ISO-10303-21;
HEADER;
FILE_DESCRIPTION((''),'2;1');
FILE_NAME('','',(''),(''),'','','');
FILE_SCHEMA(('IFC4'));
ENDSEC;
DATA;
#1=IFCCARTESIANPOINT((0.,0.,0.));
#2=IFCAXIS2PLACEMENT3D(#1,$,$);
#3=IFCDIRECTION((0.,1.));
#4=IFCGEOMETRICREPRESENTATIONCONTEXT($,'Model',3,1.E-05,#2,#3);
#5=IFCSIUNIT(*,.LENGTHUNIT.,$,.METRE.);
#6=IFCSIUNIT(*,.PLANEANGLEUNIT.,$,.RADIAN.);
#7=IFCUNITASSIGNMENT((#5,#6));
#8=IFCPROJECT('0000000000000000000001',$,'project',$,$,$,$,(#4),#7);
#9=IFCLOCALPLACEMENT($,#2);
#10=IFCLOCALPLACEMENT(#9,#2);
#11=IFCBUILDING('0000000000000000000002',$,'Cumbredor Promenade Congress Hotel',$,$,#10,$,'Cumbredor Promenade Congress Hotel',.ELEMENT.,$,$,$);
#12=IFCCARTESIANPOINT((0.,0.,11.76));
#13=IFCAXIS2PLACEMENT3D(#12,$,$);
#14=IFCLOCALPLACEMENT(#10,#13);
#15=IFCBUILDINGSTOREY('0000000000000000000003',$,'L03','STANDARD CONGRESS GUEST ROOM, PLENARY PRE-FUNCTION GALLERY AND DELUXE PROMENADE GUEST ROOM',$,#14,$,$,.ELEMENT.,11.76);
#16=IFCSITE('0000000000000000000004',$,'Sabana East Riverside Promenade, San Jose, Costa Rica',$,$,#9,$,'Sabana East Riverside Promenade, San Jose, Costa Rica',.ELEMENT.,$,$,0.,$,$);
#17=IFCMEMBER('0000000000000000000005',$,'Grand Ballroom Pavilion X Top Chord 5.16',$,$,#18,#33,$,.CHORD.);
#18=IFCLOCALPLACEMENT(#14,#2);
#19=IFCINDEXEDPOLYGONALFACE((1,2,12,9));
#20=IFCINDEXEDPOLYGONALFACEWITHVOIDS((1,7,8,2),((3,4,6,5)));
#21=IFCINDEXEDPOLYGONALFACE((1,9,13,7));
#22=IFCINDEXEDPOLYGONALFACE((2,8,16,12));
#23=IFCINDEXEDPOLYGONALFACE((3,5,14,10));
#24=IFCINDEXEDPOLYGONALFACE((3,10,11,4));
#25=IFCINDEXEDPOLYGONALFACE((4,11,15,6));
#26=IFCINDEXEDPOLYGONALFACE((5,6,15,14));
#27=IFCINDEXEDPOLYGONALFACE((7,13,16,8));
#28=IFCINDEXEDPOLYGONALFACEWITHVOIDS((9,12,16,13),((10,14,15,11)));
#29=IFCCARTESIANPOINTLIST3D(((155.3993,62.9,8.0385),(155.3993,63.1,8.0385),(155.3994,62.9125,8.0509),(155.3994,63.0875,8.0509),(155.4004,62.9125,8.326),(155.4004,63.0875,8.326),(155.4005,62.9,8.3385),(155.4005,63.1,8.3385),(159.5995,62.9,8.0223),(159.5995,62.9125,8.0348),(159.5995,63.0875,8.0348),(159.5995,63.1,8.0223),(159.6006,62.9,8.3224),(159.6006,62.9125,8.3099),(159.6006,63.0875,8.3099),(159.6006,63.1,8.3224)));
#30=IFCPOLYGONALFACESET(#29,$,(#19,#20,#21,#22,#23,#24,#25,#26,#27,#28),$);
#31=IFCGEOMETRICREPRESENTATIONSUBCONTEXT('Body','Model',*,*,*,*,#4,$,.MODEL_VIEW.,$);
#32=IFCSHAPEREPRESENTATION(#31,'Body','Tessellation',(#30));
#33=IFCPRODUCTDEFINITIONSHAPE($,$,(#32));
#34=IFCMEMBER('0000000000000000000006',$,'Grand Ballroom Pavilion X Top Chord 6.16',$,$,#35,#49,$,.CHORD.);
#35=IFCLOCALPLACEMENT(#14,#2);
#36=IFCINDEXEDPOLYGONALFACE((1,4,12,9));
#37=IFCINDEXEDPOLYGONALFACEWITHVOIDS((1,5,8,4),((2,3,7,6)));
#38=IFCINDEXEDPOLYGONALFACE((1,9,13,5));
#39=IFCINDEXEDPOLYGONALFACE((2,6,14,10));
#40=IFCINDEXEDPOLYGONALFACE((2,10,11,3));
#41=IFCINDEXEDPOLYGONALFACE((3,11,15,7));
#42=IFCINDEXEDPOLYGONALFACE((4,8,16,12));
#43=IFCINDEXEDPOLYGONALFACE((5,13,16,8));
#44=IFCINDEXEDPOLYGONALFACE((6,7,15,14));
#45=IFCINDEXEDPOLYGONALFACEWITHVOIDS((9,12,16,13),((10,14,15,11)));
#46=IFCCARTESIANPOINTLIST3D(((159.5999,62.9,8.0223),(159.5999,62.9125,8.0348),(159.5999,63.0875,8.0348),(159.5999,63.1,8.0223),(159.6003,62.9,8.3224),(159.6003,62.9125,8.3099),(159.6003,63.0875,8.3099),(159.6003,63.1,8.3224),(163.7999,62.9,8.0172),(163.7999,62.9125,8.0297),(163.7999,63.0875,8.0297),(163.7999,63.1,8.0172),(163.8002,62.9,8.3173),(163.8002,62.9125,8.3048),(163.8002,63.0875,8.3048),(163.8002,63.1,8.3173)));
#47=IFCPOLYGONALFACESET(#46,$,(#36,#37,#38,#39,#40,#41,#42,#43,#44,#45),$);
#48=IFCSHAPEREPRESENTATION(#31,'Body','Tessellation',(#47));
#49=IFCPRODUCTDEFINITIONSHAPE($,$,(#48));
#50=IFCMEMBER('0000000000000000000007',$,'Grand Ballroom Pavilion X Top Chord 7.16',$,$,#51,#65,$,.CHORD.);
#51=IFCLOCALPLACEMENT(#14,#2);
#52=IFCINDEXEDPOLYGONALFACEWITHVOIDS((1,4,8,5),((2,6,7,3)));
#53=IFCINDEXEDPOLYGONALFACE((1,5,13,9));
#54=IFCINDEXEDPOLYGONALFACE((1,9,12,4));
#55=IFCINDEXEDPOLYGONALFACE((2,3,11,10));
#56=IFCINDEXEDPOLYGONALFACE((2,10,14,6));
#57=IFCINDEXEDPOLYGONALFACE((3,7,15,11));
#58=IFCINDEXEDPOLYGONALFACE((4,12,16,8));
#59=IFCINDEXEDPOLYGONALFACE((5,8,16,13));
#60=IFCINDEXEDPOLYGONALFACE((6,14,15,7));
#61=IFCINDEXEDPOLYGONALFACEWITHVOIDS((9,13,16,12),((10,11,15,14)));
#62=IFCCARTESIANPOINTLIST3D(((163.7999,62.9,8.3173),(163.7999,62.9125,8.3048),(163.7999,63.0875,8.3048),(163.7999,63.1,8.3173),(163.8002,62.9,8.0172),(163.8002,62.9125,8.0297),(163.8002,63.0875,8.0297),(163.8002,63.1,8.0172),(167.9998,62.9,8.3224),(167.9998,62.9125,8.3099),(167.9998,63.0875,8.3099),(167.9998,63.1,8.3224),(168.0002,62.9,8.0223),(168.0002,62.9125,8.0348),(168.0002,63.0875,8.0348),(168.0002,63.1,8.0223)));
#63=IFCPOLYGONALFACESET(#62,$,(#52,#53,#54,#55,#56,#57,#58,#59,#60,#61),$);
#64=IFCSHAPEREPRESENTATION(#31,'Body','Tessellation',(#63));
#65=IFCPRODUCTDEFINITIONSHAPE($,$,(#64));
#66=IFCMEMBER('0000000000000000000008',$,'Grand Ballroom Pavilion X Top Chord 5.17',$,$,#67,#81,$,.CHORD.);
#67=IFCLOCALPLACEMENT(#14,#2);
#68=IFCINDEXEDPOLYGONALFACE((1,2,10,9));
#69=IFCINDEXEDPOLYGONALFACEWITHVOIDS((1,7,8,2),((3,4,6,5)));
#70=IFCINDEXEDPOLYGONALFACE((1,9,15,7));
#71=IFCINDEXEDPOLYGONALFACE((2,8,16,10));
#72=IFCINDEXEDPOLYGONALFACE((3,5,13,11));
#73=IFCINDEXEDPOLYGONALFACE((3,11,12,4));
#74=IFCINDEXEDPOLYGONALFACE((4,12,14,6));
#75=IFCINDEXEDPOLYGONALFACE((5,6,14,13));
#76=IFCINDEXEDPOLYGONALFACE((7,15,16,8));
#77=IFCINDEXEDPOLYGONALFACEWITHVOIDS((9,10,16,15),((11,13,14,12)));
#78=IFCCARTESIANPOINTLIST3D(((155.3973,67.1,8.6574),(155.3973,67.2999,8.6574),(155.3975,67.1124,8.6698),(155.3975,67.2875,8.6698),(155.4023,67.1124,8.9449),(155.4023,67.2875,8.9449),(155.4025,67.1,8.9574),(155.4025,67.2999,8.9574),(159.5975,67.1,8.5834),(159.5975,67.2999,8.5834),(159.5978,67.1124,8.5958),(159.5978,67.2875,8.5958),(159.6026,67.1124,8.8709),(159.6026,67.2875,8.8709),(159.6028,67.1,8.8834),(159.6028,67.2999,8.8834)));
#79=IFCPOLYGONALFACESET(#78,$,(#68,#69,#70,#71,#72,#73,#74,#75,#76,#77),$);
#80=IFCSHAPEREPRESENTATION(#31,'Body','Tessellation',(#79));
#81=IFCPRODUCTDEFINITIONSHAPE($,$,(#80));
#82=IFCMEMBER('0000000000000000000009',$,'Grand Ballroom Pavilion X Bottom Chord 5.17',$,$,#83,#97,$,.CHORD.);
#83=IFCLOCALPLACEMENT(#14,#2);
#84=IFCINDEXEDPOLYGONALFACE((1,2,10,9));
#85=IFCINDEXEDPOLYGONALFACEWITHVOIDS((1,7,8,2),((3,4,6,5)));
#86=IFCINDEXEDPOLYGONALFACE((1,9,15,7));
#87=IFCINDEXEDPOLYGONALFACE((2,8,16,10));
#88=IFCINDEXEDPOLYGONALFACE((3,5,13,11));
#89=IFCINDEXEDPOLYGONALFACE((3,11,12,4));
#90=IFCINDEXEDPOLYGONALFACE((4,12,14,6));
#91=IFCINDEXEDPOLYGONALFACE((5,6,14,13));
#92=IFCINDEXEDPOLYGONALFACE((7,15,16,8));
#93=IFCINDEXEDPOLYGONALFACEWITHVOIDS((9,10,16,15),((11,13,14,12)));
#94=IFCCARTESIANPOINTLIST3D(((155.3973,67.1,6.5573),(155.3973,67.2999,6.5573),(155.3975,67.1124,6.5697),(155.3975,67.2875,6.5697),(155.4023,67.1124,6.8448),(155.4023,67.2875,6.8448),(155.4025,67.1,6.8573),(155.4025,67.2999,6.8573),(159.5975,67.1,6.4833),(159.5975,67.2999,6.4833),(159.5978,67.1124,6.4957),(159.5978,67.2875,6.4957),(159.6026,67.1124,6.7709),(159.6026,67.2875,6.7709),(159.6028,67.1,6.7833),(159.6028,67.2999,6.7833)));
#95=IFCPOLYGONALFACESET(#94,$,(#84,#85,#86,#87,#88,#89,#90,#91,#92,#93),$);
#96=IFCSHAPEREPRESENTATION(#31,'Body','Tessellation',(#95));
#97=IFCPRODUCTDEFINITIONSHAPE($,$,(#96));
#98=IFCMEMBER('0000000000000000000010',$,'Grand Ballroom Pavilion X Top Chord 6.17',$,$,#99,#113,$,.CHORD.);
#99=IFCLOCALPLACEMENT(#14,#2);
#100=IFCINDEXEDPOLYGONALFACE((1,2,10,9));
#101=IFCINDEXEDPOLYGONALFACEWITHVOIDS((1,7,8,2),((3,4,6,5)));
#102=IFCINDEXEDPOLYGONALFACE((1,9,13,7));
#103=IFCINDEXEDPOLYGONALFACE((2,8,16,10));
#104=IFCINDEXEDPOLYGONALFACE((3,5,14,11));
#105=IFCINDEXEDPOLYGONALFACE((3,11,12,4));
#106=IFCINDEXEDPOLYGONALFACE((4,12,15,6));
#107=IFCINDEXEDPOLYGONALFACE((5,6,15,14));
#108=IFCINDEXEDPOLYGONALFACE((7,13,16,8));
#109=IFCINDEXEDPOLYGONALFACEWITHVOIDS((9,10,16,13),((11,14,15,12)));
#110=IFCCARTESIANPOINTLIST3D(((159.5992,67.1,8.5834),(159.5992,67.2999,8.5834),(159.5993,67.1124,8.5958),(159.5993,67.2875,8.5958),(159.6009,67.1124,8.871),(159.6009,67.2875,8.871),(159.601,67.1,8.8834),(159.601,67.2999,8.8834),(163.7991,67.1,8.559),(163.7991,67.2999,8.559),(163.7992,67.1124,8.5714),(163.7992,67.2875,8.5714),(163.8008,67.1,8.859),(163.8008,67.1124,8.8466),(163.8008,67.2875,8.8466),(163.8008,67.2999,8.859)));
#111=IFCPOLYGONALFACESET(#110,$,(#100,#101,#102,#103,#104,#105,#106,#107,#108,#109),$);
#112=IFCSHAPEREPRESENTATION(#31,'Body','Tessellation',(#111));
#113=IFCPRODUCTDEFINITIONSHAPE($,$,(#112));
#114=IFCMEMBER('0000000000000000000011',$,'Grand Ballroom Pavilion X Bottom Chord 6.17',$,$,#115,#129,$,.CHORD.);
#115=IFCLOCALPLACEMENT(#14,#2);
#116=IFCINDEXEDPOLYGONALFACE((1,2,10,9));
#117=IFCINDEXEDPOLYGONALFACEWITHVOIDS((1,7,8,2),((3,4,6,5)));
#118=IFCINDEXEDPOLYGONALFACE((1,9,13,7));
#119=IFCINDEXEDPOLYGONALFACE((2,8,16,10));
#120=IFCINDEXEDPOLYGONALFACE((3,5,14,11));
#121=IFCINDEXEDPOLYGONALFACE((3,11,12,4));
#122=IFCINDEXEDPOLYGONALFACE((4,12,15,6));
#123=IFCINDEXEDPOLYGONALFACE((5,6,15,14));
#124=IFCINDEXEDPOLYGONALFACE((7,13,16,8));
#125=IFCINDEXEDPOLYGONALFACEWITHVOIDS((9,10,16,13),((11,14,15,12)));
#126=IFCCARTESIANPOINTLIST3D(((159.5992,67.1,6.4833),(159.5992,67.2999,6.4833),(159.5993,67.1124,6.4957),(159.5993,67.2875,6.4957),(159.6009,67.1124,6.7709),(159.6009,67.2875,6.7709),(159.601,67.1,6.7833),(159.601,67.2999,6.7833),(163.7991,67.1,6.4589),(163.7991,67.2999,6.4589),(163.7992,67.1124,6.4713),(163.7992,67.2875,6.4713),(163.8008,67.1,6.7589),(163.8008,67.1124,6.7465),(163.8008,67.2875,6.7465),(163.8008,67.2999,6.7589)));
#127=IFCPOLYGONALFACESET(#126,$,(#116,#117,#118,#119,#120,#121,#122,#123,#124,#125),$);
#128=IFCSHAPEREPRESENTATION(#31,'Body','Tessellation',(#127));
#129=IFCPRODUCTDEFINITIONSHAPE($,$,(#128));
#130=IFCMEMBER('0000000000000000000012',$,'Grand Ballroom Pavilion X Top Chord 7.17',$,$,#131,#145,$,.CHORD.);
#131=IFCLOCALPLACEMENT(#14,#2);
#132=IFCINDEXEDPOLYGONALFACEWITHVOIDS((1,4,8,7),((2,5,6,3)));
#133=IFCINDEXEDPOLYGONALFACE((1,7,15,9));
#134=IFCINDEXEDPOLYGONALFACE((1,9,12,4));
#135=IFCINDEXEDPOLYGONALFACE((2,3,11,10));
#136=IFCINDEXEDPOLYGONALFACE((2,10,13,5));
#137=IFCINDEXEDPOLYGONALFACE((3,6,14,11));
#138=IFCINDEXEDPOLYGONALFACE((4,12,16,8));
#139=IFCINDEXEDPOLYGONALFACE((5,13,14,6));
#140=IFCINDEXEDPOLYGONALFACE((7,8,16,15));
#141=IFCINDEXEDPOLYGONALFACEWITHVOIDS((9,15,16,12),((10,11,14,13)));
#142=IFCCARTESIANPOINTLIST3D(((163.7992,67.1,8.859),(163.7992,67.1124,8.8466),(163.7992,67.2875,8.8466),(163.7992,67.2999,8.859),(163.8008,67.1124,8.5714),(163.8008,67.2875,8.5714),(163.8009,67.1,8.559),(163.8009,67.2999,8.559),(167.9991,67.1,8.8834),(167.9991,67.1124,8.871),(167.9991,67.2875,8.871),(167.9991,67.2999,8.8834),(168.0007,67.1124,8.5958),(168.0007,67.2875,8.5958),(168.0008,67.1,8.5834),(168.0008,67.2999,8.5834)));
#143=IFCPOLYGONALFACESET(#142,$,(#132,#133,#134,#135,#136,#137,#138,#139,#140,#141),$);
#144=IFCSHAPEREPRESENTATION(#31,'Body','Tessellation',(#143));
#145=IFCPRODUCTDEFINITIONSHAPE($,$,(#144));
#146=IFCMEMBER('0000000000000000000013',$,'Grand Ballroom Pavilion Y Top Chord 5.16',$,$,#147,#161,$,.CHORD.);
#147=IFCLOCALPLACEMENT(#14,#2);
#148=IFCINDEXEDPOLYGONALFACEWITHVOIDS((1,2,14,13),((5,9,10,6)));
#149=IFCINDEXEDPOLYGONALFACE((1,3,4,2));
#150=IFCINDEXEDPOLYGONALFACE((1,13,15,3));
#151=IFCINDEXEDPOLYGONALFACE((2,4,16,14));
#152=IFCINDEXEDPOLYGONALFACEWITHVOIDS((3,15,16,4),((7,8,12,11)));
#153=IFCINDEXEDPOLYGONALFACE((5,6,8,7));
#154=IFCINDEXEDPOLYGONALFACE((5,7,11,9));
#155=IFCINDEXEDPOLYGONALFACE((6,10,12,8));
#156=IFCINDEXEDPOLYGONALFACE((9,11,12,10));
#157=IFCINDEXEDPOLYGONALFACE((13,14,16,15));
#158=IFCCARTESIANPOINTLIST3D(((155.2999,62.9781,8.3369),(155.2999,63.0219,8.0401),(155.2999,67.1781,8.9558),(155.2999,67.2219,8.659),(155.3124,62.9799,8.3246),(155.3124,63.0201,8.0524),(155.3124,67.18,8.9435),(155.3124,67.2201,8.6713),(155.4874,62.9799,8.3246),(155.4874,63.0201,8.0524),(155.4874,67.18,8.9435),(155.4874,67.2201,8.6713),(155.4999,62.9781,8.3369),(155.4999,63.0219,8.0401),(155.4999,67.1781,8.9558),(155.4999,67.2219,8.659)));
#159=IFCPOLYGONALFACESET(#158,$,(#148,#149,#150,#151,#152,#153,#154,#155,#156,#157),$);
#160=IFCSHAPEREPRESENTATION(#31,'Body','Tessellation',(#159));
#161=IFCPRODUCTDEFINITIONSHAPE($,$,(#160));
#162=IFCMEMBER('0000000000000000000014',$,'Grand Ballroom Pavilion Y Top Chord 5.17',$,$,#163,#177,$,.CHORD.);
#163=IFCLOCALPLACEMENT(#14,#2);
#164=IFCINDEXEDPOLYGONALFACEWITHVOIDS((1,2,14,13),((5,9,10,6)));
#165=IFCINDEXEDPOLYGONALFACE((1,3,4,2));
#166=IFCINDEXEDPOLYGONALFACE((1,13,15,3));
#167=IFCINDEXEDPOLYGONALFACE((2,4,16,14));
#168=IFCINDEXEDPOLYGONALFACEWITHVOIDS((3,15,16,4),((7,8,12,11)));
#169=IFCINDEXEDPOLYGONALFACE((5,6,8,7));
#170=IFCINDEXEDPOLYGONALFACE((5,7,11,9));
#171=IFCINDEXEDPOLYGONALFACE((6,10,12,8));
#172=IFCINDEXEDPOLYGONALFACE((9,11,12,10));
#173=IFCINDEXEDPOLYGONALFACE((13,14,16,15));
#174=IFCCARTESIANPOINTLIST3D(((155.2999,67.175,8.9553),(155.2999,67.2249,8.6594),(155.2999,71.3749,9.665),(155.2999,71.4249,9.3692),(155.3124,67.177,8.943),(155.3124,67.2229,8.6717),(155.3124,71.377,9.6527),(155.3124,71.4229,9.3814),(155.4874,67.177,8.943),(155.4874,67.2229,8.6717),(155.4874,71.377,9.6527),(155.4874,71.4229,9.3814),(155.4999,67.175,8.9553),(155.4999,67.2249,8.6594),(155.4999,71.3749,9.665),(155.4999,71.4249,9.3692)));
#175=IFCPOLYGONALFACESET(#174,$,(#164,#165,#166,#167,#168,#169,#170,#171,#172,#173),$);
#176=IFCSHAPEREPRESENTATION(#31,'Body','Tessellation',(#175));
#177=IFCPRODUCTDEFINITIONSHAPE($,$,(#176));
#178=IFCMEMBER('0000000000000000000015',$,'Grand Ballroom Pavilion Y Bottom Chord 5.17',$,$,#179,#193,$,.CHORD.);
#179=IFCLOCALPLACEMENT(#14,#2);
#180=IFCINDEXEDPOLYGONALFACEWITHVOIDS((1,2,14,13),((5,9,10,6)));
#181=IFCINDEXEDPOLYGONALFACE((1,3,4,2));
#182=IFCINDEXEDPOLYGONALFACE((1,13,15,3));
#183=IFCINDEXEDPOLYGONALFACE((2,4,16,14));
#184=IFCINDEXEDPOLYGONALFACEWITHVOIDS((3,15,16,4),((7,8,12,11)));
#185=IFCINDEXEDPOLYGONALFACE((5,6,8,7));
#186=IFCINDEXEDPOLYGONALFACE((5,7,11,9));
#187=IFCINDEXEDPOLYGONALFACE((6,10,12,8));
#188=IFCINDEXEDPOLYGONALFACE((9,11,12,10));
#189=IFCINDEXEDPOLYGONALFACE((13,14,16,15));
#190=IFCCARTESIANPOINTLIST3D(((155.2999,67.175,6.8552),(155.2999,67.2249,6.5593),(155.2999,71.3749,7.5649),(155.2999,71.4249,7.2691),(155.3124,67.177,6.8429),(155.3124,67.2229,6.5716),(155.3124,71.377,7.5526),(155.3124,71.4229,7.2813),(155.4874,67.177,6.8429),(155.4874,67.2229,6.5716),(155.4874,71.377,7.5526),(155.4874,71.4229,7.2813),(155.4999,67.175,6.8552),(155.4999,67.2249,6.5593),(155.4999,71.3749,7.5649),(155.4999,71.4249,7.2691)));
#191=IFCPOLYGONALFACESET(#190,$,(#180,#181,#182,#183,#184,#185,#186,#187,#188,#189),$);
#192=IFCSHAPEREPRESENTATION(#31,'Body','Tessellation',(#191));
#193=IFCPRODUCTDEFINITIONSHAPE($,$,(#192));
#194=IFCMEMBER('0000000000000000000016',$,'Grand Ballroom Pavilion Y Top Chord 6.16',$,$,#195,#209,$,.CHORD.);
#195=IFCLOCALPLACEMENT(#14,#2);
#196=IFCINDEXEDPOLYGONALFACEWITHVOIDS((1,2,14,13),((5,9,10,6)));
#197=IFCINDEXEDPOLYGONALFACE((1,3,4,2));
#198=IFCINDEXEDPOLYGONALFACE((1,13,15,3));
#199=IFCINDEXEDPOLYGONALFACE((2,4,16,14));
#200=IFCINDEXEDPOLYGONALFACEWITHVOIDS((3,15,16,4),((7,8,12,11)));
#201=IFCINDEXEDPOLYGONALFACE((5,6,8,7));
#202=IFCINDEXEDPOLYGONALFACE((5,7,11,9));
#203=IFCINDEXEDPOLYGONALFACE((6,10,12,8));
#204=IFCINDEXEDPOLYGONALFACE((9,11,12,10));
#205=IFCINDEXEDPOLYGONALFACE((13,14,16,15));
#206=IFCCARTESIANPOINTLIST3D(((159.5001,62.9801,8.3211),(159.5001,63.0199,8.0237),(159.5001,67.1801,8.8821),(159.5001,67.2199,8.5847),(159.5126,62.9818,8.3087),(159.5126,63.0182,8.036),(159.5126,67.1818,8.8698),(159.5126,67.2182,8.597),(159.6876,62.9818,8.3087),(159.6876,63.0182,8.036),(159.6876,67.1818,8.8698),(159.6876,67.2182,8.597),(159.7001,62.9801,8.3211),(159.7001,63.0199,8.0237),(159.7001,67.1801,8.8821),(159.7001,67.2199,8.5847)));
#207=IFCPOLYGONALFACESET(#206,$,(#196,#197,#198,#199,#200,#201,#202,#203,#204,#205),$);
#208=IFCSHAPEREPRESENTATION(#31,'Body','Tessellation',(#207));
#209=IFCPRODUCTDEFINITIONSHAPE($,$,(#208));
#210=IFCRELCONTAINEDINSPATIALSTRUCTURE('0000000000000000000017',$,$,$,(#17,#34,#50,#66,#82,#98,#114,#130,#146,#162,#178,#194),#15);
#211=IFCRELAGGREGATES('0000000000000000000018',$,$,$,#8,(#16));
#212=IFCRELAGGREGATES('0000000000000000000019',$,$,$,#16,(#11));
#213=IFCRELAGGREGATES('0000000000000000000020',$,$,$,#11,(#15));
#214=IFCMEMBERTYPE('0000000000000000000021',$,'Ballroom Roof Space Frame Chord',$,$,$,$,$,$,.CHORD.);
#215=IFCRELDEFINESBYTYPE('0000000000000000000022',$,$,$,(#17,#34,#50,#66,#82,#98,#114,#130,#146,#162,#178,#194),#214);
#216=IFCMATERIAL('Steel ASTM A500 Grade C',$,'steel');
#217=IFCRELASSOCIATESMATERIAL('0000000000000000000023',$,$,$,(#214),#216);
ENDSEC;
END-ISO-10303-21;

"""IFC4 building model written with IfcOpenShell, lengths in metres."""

from ifc_helpers import new_model, si_unit, direction, frame, origin, origin_2d, place, context, subcontext, project, spatial, hollow_rectangle, extrude, material, material_profile, profile_set, type_object, element, save


model = new_model("IFC4")

# Units and contexts
model_context = context("Model", 3, precision=1e-05, world=origin(), true_north=direction((0.0, 1.0)))
body_context = subcontext(model_context, "Body", "Model", "MODEL_VIEW")
ifc_project = project(units=[si_unit("LENGTHUNIT", "METRE"), si_unit("PLANEANGLEUNIT", "RADIAN")], contexts=[model_context])

# Site, building, storey
site_placement = place(None, origin())
site = spatial("IfcSite", under=ifc_project, at=site_placement, Name="Sabana East Riverside Promenade, San Jose, Costa Rica", LongName="Sabana East Riverside Promenade, San Jose, Costa Rica", CompositionType="ELEMENT", RefElevation=0.0)
building_placement = place(site_placement, origin())
building = spatial("IfcBuilding", under=site, at=building_placement, Name="Cumbredor Promenade Congress Hotel", LongName="Cumbredor Promenade Congress Hotel", CompositionType="ELEMENT")
storey_placement = place(building_placement, frame((0.0, 0.0, 11.76)))
storey = spatial("IfcBuildingStorey", under=building, at=storey_placement, Name="L03", Description="STANDARD CONGRESS GUEST ROOM, PLENARY PRE-FUNCTION GALLERY AND DELUXE PROMENADE GUEST ROOM", CompositionType="ELEMENT", Elevation=11.76)

# Members
ifc_material_1 = material(Name="Steel ASTM A500 Grade C", Category="steel")
ifc_material_profile_1 = material_profile(ifc_material_1, hollow_rectangle(XDim=0.2, YDim=0.3, WallThickness=0.0125, at=origin_2d()), Name="HSS 300x200x12.5")
ifc_profile_set_1 = profile_set([ifc_material_profile_1], Name="Steel ASTM A500 Grade C")
member_type_1 = type_object("IfcMemberType", Name="Ballroom Roof Space Frame Chord", PredefinedType="CHORD", material=ifc_profile_set_1)
member_1_placement = place(storey_placement, frame((155.3999, 63.0, 8.1885), z_axis=(0.999993, 0.0, -0.003836), x_axis=(0.0, 1.0, 0.0)))
element("IfcMember", 1, at=member_1_placement, inside=storey, type_object=member_type_1, Name="Grand Ballroom Pavilion X Top Chord 5.16", PredefinedType="CHORD", context=body_context, shape_type="SweptSolid", body=[
    extrude(hollow_rectangle(XDim=0.2, YDim=0.3, WallThickness=0.0125, at=origin_2d()), origin(), (0.0, 0.0, 1.0), 4.2002),
])
for number, where, z_axis, x_axis, name in (
    (2, (159.6001, 63.0, 8.1724), (0.999999, 0.0, -0.001221), (0.0, 1.0, 0.0), "Grand Ballroom Pavilion X Top Chord 6.16"),
    (3, (163.8, 63.0, 8.1672), (0.999999, 0.0, 0.001221), (0.0, 1.0, 0.0), "Grand Ballroom Pavilion X Top Chord 7.16"),
):
    element("IfcMember", number, at=place(storey_placement, frame(where, z_axis=z_axis, x_axis=x_axis)), inside=storey, type_object=member_type_1, Name=name, PredefinedType="CHORD", context=body_context, shape_type="SweptSolid", body=[
        extrude(hollow_rectangle(XDim=0.2, YDim=0.3, WallThickness=0.0125, at=origin_2d()), origin(), (0.0, 0.0, 1.0), 4.2),
    ])
for number, where, z_axis, x_axis, name in (
    (4, (155.3999, 67.2, 8.8074), (0.999845, 0.0, -0.017609), (0.0, 1.0, 0.0), "Grand Ballroom Pavilion X Top Chord 5.17"),
    (5, (155.3999, 67.2, 6.7073), (0.999845, 0.0, -0.017609), (0.0, 1.0, 0.0), "Grand Ballroom Pavilion X Bottom Chord 5.17"),
):
    element("IfcMember", number, at=place(storey_placement, frame(where, z_axis=z_axis, x_axis=x_axis)), inside=storey, type_object=member_type_1, Name=name, PredefinedType="CHORD", context=body_context, shape_type="SweptSolid", body=[
        extrude(hollow_rectangle(XDim=0.2, YDim=0.3, WallThickness=0.0125, at=origin_2d()), origin(), (0.0, 0.0, 1.0), 4.2009),
    ])
for number, where, z_axis, x_axis, name in (
    (6, (159.6001, 67.2, 8.7334), (0.999983, 0.0, -0.005813), (0.0, 1.0, 0.0), "Grand Ballroom Pavilion X Top Chord 6.17"),
    (7, (159.6001, 67.2, 6.6333), (0.999983, 0.0, -0.005813), (0.0, 1.0, 0.0), "Grand Ballroom Pavilion X Bottom Chord 6.17"),
    (8, (163.8, 67.2, 8.709), (0.999983, 0.0, 0.005813), (0.0, 1.0, 0.0), "Grand Ballroom Pavilion X Top Chord 7.17"),
):
    element("IfcMember", number, at=place(storey_placement, frame(where, z_axis=z_axis, x_axis=x_axis)), inside=storey, type_object=member_type_1, Name=name, PredefinedType="CHORD", context=body_context, shape_type="SweptSolid", body=[
        extrude(hollow_rectangle(XDim=0.2, YDim=0.3, WallThickness=0.0125, at=origin_2d()), origin(), (0.0, 0.0, 1.0), 4.2),
    ])
member_2_placement = place(storey_placement, frame((155.3999, 63.0, 8.1885), z_axis=(0.0, 0.989316, 0.145784), x_axis=(-1.0, 0.0, 0.0)))
element("IfcMember", 9, at=member_2_placement, inside=storey, type_object=member_type_1, Name="Grand Ballroom Pavilion Y Top Chord 5.16", PredefinedType="CHORD", context=body_context, shape_type="SweptSolid", body=[
    extrude(hollow_rectangle(XDim=0.2, YDim=0.3, WallThickness=0.0125, at=origin_2d()), origin(), (0.0, 0.0, 1.0), 4.2454),
])
for number, where, z_axis, x_axis, name in (
    (10, (155.3999, 67.2, 8.8074), (0.0, 0.986021, 0.16662), (-1.0, 0.0, 0.0), "Grand Ballroom Pavilion Y Top Chord 5.17"),
    (11, (155.3999, 67.2, 6.7073), (0.0, 0.986021, 0.16662), (-1.0, 0.0, 0.0), "Grand Ballroom Pavilion Y Bottom Chord 5.17"),
):
    element("IfcMember", number, at=place(storey_placement, frame(where, z_axis=z_axis, x_axis=x_axis)), inside=storey, type_object=member_type_1, Name=name, PredefinedType="CHORD", context=body_context, shape_type="SweptSolid", body=[
        extrude(hollow_rectangle(XDim=0.2, YDim=0.3, WallThickness=0.0125, at=origin_2d()), origin(), (0.0, 0.0, 1.0), 4.2595),
    ])
member_3_placement = place(storey_placement, frame((159.6001, 63.0, 8.1724), z_axis=(0.0, 0.991196, 0.132405), x_axis=(-1.0, 0.0, 0.0)))
element("IfcMember", 12, at=member_3_placement, inside=storey, type_object=member_type_1, Name="Grand Ballroom Pavilion Y Top Chord 6.16", PredefinedType="CHORD", context=body_context, shape_type="SweptSolid", body=[
    extrude(hollow_rectangle(XDim=0.2, YDim=0.3, WallThickness=0.0125, at=origin_2d()), origin(), (0.0, 0.0, 1.0), 4.2373),
])

save(model, "model.ifc")
